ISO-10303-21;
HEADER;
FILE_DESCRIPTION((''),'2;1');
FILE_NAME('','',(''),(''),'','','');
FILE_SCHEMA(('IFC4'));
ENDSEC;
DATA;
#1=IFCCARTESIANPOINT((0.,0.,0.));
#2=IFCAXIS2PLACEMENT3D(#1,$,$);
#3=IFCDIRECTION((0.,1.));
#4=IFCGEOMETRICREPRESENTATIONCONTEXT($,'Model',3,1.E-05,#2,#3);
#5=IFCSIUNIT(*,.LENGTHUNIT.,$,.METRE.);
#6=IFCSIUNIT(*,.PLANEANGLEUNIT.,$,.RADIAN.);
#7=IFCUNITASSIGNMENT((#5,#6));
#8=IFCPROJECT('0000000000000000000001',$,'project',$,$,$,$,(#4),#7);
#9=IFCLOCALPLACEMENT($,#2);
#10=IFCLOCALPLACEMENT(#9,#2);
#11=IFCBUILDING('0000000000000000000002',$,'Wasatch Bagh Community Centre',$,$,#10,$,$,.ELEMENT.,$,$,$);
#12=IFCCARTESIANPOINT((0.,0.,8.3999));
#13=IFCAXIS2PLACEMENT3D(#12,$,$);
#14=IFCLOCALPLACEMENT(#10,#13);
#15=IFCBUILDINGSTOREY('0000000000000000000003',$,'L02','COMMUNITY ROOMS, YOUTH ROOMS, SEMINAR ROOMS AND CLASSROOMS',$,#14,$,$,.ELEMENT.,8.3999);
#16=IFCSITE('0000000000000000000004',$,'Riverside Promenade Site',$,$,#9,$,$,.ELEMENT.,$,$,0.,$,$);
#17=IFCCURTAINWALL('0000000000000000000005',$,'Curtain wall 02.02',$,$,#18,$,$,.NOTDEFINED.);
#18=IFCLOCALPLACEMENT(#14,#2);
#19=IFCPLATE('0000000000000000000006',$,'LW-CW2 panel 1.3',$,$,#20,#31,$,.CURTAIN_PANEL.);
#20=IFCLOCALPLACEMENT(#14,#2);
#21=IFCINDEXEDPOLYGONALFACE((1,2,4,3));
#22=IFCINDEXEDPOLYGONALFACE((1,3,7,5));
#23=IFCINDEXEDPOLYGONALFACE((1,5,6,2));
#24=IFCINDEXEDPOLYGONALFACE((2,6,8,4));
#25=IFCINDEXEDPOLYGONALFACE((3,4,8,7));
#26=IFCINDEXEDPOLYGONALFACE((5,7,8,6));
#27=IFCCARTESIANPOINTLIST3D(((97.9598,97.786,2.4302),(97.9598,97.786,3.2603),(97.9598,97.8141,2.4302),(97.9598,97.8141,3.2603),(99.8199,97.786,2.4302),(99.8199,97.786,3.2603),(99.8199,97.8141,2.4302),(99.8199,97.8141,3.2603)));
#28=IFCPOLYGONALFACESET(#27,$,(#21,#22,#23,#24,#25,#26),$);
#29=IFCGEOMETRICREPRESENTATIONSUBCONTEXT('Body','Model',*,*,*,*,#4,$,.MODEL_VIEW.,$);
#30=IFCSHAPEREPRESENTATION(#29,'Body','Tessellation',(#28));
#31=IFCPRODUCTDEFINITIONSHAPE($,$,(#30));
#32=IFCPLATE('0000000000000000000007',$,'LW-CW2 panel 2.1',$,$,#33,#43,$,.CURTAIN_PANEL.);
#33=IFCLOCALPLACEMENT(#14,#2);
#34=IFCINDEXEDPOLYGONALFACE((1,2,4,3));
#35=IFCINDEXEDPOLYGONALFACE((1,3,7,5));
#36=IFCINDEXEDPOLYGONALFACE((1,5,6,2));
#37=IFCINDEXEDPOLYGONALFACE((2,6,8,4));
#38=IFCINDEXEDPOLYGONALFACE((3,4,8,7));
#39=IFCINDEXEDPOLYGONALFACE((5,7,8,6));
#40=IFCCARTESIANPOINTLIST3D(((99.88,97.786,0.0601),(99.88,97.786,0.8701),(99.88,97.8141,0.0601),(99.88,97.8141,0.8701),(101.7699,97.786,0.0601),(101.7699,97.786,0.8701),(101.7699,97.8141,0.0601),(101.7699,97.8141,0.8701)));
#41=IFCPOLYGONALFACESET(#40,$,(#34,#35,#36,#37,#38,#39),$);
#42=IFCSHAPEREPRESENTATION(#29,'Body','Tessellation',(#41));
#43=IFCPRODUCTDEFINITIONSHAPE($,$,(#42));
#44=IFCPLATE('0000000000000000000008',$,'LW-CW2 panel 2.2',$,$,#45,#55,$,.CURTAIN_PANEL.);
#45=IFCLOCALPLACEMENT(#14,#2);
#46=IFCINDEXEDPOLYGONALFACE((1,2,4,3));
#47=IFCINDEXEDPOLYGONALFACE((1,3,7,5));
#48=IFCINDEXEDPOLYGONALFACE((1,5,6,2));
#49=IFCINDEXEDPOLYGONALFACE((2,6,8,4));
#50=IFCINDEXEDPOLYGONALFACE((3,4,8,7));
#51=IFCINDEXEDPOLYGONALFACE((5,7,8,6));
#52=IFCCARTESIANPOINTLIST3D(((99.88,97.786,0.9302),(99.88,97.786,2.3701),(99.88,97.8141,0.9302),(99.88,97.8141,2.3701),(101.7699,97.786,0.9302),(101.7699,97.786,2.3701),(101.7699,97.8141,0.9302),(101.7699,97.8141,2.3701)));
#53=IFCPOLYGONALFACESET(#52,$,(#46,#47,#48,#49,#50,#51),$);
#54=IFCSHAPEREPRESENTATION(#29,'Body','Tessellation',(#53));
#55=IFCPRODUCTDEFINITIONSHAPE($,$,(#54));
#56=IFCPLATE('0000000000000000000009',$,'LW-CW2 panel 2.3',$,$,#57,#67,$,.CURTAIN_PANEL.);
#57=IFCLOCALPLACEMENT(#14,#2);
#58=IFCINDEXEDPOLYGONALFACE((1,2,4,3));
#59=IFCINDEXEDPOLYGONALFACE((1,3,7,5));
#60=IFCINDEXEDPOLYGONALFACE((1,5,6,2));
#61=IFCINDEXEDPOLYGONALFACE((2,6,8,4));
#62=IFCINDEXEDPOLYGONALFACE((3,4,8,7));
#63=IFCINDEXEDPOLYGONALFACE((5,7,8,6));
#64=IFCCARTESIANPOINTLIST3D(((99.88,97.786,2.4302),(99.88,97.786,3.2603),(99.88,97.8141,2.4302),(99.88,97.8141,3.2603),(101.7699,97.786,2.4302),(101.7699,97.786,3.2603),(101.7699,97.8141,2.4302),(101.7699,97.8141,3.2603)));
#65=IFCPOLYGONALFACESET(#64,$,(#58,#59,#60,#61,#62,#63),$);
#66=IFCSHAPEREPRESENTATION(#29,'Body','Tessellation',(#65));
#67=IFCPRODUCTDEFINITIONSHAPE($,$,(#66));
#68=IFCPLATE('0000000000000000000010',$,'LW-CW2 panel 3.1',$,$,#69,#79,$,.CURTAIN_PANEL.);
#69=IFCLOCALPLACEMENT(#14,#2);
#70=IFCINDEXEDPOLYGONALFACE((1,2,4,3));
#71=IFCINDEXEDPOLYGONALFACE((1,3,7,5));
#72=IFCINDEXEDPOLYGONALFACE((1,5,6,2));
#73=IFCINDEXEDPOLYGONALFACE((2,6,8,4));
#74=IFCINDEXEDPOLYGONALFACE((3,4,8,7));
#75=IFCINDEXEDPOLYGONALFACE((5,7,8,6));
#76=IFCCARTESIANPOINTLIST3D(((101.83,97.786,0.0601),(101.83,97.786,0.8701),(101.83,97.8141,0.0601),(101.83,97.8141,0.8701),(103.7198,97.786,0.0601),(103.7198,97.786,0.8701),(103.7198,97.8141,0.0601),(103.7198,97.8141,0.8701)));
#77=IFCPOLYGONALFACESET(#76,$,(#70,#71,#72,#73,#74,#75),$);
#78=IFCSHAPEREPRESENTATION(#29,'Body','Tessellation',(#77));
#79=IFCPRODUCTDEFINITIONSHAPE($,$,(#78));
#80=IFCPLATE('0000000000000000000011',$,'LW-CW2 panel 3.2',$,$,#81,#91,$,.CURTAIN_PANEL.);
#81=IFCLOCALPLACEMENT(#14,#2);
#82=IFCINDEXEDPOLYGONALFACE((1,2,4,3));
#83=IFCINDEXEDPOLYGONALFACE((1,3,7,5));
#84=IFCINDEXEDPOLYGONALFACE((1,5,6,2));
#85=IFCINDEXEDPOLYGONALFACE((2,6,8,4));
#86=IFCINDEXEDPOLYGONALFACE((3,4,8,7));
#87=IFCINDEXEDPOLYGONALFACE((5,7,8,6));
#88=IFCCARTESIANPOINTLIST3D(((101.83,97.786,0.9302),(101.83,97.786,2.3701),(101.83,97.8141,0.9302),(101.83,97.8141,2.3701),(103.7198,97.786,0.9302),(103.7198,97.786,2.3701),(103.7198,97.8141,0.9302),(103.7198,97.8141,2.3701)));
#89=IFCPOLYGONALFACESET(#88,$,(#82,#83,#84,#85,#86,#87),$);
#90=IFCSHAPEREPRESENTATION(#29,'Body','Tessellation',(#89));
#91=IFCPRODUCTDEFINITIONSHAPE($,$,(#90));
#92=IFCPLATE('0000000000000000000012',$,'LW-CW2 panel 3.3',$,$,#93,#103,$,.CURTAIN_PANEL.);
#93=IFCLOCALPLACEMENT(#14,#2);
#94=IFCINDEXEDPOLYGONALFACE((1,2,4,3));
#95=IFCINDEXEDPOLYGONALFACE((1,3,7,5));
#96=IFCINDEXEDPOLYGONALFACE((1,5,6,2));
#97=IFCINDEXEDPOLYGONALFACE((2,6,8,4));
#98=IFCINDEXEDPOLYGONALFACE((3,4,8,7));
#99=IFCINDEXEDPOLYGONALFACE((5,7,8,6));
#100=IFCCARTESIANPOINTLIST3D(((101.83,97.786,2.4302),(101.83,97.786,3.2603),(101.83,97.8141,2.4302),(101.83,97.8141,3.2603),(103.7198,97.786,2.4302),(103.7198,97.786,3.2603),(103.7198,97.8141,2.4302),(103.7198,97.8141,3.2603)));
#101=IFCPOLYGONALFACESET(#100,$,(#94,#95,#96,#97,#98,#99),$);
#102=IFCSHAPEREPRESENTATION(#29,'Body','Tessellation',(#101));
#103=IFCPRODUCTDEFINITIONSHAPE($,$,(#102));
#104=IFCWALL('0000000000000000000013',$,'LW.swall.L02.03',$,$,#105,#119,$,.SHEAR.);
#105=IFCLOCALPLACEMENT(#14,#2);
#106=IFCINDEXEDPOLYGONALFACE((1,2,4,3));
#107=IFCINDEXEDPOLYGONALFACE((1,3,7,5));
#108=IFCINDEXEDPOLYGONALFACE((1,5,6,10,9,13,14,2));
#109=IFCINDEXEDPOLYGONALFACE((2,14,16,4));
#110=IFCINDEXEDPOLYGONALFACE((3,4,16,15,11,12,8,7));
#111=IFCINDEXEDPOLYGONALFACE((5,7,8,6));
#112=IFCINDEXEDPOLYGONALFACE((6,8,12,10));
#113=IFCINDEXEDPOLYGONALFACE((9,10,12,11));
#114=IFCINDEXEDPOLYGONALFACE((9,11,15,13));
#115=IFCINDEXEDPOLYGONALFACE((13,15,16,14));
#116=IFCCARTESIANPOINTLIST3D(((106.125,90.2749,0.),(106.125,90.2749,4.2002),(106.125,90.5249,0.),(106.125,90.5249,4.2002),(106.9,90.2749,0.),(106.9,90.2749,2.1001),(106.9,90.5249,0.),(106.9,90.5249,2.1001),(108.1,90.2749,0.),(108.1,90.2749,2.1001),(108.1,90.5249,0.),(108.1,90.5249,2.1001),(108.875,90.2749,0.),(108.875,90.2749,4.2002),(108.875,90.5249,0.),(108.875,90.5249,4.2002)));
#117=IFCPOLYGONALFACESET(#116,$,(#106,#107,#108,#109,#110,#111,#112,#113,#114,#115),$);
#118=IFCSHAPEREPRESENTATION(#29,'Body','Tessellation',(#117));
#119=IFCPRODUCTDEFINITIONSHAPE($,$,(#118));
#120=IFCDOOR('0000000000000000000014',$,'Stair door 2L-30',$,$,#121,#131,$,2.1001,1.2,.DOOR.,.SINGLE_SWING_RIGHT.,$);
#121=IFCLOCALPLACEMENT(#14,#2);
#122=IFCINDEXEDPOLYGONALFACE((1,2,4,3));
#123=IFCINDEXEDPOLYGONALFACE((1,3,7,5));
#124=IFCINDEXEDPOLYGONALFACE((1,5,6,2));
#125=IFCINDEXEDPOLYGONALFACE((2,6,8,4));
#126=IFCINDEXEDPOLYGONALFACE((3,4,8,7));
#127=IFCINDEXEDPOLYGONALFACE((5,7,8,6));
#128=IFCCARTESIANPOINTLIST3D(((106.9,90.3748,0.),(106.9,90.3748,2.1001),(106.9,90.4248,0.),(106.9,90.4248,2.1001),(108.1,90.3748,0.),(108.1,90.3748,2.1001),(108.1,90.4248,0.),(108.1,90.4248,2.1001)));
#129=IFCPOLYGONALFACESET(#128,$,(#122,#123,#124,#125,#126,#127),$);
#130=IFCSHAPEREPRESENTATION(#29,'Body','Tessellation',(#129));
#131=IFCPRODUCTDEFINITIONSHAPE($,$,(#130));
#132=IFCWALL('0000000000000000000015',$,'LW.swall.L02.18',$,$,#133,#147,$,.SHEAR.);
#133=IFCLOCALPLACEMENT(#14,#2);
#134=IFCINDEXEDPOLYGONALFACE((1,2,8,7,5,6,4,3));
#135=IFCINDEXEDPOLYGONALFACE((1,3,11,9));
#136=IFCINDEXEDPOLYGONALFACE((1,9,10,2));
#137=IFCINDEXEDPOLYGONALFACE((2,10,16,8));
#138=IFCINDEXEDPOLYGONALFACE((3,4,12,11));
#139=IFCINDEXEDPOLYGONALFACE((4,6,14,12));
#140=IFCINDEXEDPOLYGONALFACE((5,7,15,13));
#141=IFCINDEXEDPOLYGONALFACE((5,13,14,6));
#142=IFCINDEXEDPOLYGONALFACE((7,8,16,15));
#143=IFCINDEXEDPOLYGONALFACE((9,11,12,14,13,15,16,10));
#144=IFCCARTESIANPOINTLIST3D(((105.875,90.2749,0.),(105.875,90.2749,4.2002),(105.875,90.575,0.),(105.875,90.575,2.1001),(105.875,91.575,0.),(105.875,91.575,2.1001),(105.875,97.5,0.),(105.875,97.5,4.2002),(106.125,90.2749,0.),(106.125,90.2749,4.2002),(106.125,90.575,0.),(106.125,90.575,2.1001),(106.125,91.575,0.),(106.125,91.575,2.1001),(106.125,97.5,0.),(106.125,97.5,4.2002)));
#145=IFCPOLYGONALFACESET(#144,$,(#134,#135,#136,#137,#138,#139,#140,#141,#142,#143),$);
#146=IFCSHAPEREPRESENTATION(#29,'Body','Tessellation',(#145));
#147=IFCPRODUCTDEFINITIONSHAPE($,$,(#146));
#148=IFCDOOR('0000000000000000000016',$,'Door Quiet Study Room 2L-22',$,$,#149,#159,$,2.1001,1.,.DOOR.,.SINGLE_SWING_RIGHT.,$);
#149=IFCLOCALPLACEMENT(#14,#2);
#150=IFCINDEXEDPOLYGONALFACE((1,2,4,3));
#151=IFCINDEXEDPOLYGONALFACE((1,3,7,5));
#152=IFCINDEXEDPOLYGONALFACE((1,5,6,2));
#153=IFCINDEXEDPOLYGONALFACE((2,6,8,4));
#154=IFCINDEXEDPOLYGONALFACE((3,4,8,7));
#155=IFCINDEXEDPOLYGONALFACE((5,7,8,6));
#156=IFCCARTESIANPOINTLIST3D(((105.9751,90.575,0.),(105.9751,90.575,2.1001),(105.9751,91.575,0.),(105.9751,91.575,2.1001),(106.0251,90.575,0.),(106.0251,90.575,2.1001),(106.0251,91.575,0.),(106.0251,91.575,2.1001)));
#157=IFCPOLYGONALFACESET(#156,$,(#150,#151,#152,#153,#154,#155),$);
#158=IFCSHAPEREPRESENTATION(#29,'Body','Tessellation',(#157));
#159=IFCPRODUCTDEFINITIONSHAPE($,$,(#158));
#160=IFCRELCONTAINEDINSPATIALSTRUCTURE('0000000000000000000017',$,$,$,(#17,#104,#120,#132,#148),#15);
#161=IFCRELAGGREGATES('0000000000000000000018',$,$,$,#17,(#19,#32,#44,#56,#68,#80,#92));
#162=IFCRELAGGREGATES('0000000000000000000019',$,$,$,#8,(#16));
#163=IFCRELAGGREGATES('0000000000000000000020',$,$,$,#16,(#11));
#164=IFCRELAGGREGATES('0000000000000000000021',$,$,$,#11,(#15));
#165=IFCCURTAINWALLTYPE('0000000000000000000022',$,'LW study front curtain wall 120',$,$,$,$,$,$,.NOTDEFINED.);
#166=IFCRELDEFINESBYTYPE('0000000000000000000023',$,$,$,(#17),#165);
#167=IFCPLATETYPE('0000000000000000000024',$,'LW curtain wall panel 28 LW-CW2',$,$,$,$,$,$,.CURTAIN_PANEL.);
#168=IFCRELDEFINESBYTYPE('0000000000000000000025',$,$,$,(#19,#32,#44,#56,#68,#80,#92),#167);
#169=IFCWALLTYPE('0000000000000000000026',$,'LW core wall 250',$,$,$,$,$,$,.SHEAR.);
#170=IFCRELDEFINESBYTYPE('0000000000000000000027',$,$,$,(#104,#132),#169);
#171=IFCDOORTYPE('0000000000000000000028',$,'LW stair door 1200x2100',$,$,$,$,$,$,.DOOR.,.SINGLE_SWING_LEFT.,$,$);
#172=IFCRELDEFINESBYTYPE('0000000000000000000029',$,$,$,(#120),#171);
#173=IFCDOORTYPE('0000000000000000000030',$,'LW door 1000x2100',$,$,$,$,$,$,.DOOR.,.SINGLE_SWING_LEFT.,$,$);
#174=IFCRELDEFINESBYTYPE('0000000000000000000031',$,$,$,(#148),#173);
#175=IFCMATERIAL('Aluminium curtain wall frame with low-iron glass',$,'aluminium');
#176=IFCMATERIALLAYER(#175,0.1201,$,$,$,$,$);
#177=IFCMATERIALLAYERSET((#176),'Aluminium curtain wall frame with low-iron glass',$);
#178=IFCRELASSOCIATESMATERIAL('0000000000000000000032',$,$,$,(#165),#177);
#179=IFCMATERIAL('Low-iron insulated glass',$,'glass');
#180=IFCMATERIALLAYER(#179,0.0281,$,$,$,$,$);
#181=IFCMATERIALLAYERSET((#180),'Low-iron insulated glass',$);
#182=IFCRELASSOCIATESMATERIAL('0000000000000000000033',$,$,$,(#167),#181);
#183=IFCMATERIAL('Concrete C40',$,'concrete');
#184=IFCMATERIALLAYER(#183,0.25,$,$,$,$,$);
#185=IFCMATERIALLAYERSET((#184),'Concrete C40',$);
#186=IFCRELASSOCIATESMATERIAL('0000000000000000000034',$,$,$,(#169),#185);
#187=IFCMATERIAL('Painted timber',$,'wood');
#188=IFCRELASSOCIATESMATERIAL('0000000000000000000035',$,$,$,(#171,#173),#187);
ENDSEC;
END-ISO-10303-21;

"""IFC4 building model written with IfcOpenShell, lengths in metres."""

from ifc_helpers import new_model, si_unit, direction, frame, frame_2d, origin, origin_2d, place, context, subcontext, project, spatial, rectangle, extrude, material, layer, layer_set, type_object, element, fill, aggregate, save


model = new_model("IFC4")

# Units and contexts
model_context = context("Model", 3, precision=1e-05, world=origin(), true_north=direction((0.0, 1.0)))
body_context = subcontext(model_context, "Body", "Model", "MODEL_VIEW")
ifc_project = project(units=[si_unit("LENGTHUNIT", "METRE"), si_unit("PLANEANGLEUNIT", "RADIAN")], contexts=[model_context])

# Site, building, storey
site_placement = place(None, origin())
site = spatial("IfcSite", under=ifc_project, at=site_placement, Name="Riverside Promenade Site", CompositionType="ELEMENT", RefElevation=0.0)
building_placement = place(site_placement, origin())
building = spatial("IfcBuilding", under=site, at=building_placement, Name="Wasatch Bagh Community Centre", CompositionType="ELEMENT")
storey_placement = place(building_placement, frame((0.0, 0.0, 8.3999)))
storey = spatial("IfcBuildingStorey", under=building, at=storey_placement, Name="L02", Description="COMMUNITY ROOMS, YOUTH ROOMS, SEMINAR ROOMS AND CLASSROOMS", CompositionType="ELEMENT", Elevation=8.3999)

# Curtain wall, plates
ifc_material_1 = material(Name="Aluminium curtain wall frame with low-iron glass", Category="aluminium")
ifc_layer_1 = layer(ifc_material_1, 0.1201)
ifc_layer_set_1 = layer_set([ifc_layer_1], Name="Aluminium curtain wall frame with low-iron glass")
curtain_wall_type = type_object("IfcCurtainWallType", Name="LW study front curtain wall 120", PredefinedType="NOTDEFINED", material=ifc_layer_set_1)
curtain_wall_placement = place(storey_placement, origin())
curtain_wall = element("IfcCurtainWall", 1, at=curtain_wall_placement, inside=storey, type_object=curtain_wall_type, Name="Curtain wall 02.02", PredefinedType="NOTDEFINED")
ifc_material_2 = material(Name="Low-iron insulated glass", Category="glass")
ifc_layer_2 = layer(ifc_material_2, 0.0281)
ifc_layer_set_2 = layer_set([ifc_layer_2], Name="Low-iron insulated glass")
plate_type = type_object("IfcPlateType", Name="LW curtain wall panel 28 LW-CW2", PredefinedType="CURTAIN_PANEL", material=ifc_layer_set_2)
plate_1_placement = place(storey_placement, frame((98.8899, 97.8, 2.4302), z_axis=(0.0, 0.0, 1.0), x_axis=(1.0, 0.0, 0.0)))
plate_1 = element("IfcPlate", 2, at=plate_1_placement, type_object=plate_type, Name="LW-CW2 panel 1.3", PredefinedType="CURTAIN_PANEL", context=body_context, shape_type="SweptSolid", body=[
    extrude(rectangle(XDim=1.8601, YDim=0.0281, at=origin_2d()), origin(), (0.0, 0.0, 1.0), 0.8301),
])
plate_2_placement = place(storey_placement, frame((100.825, 97.8, 0.0601), z_axis=(0.0, 0.0, 1.0), x_axis=(1.0, 0.0, 0.0)))
plate_2 = element("IfcPlate", 3, at=plate_2_placement, type_object=plate_type, Name="LW-CW2 panel 2.1", PredefinedType="CURTAIN_PANEL", context=body_context, shape_type="SweptSolid", body=[
    extrude(rectangle(XDim=1.8899, YDim=0.0281, at=origin_2d()), origin(), (0.0, 0.0, 1.0), 0.8101),
])
plate_3_placement = place(storey_placement, frame((100.825, 97.8, 0.9302), z_axis=(0.0, 0.0, 1.0), x_axis=(1.0, 0.0, 0.0)))
plate_3 = element("IfcPlate", 4, at=plate_3_placement, type_object=plate_type, Name="LW-CW2 panel 2.2", PredefinedType="CURTAIN_PANEL", context=body_context, shape_type="SweptSolid", body=[
    extrude(rectangle(XDim=1.8899, YDim=0.0281, at=origin_2d()), origin(), (0.0, 0.0, 1.0), 1.4399),
])
plate_4_placement = place(storey_placement, frame((100.825, 97.8, 2.4302), z_axis=(0.0, 0.0, 1.0), x_axis=(1.0, 0.0, 0.0)))
plate_4 = element("IfcPlate", 5, at=plate_4_placement, type_object=plate_type, Name="LW-CW2 panel 2.3", PredefinedType="CURTAIN_PANEL", context=body_context, shape_type="SweptSolid", body=[
    extrude(rectangle(XDim=1.8899, YDim=0.0281, at=origin_2d()), origin(), (0.0, 0.0, 1.0), 0.8301),
])
plate_5_placement = place(storey_placement, frame((102.7749, 97.8, 0.0601), z_axis=(0.0, 0.0, 1.0), x_axis=(1.0, 0.0, 0.0)))
plate_5 = element("IfcPlate", 6, at=plate_5_placement, type_object=plate_type, Name="LW-CW2 panel 3.1", PredefinedType="CURTAIN_PANEL", context=body_context, shape_type="SweptSolid", body=[
    extrude(rectangle(XDim=1.8899, YDim=0.0281, at=origin_2d()), origin(), (0.0, 0.0, 1.0), 0.8101),
])
plate_6_placement = place(storey_placement, frame((102.7749, 97.8, 0.9302), z_axis=(0.0, 0.0, 1.0), x_axis=(1.0, 0.0, 0.0)))
plate_6 = element("IfcPlate", 7, at=plate_6_placement, type_object=plate_type, Name="LW-CW2 panel 3.2", PredefinedType="CURTAIN_PANEL", context=body_context, shape_type="SweptSolid", body=[
    extrude(rectangle(XDim=1.8899, YDim=0.0281, at=origin_2d()), origin(), (0.0, 0.0, 1.0), 1.4399),
])
plate_7_placement = place(storey_placement, frame((102.7749, 97.8, 2.4302), z_axis=(0.0, 0.0, 1.0), x_axis=(1.0, 0.0, 0.0)))
plate_7 = element("IfcPlate", 8, at=plate_7_placement, type_object=plate_type, Name="LW-CW2 panel 3.3", PredefinedType="CURTAIN_PANEL", context=body_context, shape_type="SweptSolid", body=[
    extrude(rectangle(XDim=1.8899, YDim=0.0281, at=origin_2d()), origin(), (0.0, 0.0, 1.0), 0.8301),
])
aggregate(curtain_wall, [plate_1, plate_2, plate_3, plate_4, plate_5, plate_6, plate_7])

# Walls, openings, doors
ifc_material_3 = material(Name="Concrete C40", Category="concrete")
ifc_layer_3 = layer(ifc_material_3, 0.25)
ifc_layer_set_3 = layer_set([ifc_layer_3], Name="Concrete C40")
wall_type = type_object("IfcWallType", Name="LW core wall 250", PredefinedType="SHEAR", material=ifc_layer_set_3)
wall_1_placement = place(storey_placement, frame((106.125, 90.3999, 0.0), z_axis=(0.0, 0.0, 1.0), x_axis=(1.0, 0.0, 0.0)))
wall_1 = element("IfcWall", 9, at=wall_1_placement, inside=storey, type_object=wall_type, Name="LW.swall.L02.03", PredefinedType="SHEAR", context=body_context, shape_type="SweptSolid", body=[
    extrude(rectangle(XDim=2.75, YDim=0.25, at=frame_2d((1.375, 0.0))), origin(), (0.0, 0.0, 1.0), 4.2002),
])
opening_1_placement = place(wall_1_placement, frame((0.7749, 0.0, 0.0)))
opening_1 = element("IfcOpeningElement", 10, at=opening_1_placement, cuts=wall_1, PredefinedType="OPENING", context=body_context, shape_type="SweptSolid", body=[
    extrude(rectangle(XDim=1.2, YDim=2.1001, at=frame_2d((0.6001, 1.05))), frame((0.0, 0.135, 0.0), z_axis=(0.0, -1.0, 0.0), x_axis=(1.0, 0.0, 0.0)), (0.0, 0.0, 1.0), 0.27),
])
ifc_material_4 = material(Name="Painted timber", Category="wood")
door_type_1 = type_object("IfcDoorType", Name="LW stair door 1200x2100", OperationType="SINGLE_SWING_LEFT", PredefinedType="DOOR", material=ifc_material_4)
door_1_placement = place(opening_1_placement, origin())
door_1 = element("IfcDoor", 11, at=door_1_placement, inside=storey, type_object=door_type_1, Name="Stair door 2L-30", OperationType="SINGLE_SWING_RIGHT", OverallHeight=2.1001, OverallWidth=1.2, PredefinedType="DOOR", context=body_context, shape_type="SweptSolid", body=[
    extrude(rectangle(XDim=1.2, YDim=2.1001, at=frame_2d((0.6001, 1.05))), frame((0.0, 0.0249, 0.0), z_axis=(0.0, -1.0, 0.0), x_axis=(1.0, 0.0, 0.0)), (0.0, 0.0, 1.0), 0.05),
])
fill(opening_1, door_1)
wall_2_placement = place(storey_placement, frame((106.0, 90.2749, 0.0), z_axis=(0.0, 0.0, 1.0), x_axis=(0.0, 1.0, 0.0)))
wall_2 = element("IfcWall", 12, at=wall_2_placement, inside=storey, type_object=wall_type, Name="LW.swall.L02.18", PredefinedType="SHEAR", context=body_context, shape_type="SweptSolid", body=[
    extrude(rectangle(XDim=7.2251, YDim=0.25, at=frame_2d((3.6125, 0.0))), origin(), (0.0, 0.0, 1.0), 4.2002),
])
opening_2_placement = place(wall_2_placement, frame((0.3, 0.0, 0.0)))
opening_2 = element("IfcOpeningElement", 13, at=opening_2_placement, cuts=wall_2, PredefinedType="OPENING", context=body_context, shape_type="SweptSolid", body=[
    extrude(rectangle(XDim=1.0, YDim=2.1001, at=frame_2d((0.5, 1.05))), frame((0.0, 0.135, 0.0), z_axis=(0.0, -1.0, 0.0), x_axis=(1.0, 0.0, 0.0)), (0.0, 0.0, 1.0), 0.27),
])
door_type_2 = type_object("IfcDoorType", Name="LW door 1000x2100", OperationType="SINGLE_SWING_LEFT", PredefinedType="DOOR", material=ifc_material_4)
door_2_placement = place(opening_2_placement, origin())
door_2 = element("IfcDoor", 14, at=door_2_placement, inside=storey, type_object=door_type_2, Name="Door Quiet Study Room 2L-22", OperationType="SINGLE_SWING_RIGHT", OverallHeight=2.1001, OverallWidth=1.0, PredefinedType="DOOR", context=body_context, shape_type="SweptSolid", body=[
    extrude(rectangle(XDim=1.0, YDim=2.1001, at=frame_2d((0.5, 1.05))), frame((0.0, 0.0249, 0.0), z_axis=(0.0, -1.0, 0.0), x_axis=(1.0, 0.0, 0.0)), (0.0, 0.0, 1.0), 0.05),
])
fill(opening_2, door_2)

save(model, "model.ifc")
